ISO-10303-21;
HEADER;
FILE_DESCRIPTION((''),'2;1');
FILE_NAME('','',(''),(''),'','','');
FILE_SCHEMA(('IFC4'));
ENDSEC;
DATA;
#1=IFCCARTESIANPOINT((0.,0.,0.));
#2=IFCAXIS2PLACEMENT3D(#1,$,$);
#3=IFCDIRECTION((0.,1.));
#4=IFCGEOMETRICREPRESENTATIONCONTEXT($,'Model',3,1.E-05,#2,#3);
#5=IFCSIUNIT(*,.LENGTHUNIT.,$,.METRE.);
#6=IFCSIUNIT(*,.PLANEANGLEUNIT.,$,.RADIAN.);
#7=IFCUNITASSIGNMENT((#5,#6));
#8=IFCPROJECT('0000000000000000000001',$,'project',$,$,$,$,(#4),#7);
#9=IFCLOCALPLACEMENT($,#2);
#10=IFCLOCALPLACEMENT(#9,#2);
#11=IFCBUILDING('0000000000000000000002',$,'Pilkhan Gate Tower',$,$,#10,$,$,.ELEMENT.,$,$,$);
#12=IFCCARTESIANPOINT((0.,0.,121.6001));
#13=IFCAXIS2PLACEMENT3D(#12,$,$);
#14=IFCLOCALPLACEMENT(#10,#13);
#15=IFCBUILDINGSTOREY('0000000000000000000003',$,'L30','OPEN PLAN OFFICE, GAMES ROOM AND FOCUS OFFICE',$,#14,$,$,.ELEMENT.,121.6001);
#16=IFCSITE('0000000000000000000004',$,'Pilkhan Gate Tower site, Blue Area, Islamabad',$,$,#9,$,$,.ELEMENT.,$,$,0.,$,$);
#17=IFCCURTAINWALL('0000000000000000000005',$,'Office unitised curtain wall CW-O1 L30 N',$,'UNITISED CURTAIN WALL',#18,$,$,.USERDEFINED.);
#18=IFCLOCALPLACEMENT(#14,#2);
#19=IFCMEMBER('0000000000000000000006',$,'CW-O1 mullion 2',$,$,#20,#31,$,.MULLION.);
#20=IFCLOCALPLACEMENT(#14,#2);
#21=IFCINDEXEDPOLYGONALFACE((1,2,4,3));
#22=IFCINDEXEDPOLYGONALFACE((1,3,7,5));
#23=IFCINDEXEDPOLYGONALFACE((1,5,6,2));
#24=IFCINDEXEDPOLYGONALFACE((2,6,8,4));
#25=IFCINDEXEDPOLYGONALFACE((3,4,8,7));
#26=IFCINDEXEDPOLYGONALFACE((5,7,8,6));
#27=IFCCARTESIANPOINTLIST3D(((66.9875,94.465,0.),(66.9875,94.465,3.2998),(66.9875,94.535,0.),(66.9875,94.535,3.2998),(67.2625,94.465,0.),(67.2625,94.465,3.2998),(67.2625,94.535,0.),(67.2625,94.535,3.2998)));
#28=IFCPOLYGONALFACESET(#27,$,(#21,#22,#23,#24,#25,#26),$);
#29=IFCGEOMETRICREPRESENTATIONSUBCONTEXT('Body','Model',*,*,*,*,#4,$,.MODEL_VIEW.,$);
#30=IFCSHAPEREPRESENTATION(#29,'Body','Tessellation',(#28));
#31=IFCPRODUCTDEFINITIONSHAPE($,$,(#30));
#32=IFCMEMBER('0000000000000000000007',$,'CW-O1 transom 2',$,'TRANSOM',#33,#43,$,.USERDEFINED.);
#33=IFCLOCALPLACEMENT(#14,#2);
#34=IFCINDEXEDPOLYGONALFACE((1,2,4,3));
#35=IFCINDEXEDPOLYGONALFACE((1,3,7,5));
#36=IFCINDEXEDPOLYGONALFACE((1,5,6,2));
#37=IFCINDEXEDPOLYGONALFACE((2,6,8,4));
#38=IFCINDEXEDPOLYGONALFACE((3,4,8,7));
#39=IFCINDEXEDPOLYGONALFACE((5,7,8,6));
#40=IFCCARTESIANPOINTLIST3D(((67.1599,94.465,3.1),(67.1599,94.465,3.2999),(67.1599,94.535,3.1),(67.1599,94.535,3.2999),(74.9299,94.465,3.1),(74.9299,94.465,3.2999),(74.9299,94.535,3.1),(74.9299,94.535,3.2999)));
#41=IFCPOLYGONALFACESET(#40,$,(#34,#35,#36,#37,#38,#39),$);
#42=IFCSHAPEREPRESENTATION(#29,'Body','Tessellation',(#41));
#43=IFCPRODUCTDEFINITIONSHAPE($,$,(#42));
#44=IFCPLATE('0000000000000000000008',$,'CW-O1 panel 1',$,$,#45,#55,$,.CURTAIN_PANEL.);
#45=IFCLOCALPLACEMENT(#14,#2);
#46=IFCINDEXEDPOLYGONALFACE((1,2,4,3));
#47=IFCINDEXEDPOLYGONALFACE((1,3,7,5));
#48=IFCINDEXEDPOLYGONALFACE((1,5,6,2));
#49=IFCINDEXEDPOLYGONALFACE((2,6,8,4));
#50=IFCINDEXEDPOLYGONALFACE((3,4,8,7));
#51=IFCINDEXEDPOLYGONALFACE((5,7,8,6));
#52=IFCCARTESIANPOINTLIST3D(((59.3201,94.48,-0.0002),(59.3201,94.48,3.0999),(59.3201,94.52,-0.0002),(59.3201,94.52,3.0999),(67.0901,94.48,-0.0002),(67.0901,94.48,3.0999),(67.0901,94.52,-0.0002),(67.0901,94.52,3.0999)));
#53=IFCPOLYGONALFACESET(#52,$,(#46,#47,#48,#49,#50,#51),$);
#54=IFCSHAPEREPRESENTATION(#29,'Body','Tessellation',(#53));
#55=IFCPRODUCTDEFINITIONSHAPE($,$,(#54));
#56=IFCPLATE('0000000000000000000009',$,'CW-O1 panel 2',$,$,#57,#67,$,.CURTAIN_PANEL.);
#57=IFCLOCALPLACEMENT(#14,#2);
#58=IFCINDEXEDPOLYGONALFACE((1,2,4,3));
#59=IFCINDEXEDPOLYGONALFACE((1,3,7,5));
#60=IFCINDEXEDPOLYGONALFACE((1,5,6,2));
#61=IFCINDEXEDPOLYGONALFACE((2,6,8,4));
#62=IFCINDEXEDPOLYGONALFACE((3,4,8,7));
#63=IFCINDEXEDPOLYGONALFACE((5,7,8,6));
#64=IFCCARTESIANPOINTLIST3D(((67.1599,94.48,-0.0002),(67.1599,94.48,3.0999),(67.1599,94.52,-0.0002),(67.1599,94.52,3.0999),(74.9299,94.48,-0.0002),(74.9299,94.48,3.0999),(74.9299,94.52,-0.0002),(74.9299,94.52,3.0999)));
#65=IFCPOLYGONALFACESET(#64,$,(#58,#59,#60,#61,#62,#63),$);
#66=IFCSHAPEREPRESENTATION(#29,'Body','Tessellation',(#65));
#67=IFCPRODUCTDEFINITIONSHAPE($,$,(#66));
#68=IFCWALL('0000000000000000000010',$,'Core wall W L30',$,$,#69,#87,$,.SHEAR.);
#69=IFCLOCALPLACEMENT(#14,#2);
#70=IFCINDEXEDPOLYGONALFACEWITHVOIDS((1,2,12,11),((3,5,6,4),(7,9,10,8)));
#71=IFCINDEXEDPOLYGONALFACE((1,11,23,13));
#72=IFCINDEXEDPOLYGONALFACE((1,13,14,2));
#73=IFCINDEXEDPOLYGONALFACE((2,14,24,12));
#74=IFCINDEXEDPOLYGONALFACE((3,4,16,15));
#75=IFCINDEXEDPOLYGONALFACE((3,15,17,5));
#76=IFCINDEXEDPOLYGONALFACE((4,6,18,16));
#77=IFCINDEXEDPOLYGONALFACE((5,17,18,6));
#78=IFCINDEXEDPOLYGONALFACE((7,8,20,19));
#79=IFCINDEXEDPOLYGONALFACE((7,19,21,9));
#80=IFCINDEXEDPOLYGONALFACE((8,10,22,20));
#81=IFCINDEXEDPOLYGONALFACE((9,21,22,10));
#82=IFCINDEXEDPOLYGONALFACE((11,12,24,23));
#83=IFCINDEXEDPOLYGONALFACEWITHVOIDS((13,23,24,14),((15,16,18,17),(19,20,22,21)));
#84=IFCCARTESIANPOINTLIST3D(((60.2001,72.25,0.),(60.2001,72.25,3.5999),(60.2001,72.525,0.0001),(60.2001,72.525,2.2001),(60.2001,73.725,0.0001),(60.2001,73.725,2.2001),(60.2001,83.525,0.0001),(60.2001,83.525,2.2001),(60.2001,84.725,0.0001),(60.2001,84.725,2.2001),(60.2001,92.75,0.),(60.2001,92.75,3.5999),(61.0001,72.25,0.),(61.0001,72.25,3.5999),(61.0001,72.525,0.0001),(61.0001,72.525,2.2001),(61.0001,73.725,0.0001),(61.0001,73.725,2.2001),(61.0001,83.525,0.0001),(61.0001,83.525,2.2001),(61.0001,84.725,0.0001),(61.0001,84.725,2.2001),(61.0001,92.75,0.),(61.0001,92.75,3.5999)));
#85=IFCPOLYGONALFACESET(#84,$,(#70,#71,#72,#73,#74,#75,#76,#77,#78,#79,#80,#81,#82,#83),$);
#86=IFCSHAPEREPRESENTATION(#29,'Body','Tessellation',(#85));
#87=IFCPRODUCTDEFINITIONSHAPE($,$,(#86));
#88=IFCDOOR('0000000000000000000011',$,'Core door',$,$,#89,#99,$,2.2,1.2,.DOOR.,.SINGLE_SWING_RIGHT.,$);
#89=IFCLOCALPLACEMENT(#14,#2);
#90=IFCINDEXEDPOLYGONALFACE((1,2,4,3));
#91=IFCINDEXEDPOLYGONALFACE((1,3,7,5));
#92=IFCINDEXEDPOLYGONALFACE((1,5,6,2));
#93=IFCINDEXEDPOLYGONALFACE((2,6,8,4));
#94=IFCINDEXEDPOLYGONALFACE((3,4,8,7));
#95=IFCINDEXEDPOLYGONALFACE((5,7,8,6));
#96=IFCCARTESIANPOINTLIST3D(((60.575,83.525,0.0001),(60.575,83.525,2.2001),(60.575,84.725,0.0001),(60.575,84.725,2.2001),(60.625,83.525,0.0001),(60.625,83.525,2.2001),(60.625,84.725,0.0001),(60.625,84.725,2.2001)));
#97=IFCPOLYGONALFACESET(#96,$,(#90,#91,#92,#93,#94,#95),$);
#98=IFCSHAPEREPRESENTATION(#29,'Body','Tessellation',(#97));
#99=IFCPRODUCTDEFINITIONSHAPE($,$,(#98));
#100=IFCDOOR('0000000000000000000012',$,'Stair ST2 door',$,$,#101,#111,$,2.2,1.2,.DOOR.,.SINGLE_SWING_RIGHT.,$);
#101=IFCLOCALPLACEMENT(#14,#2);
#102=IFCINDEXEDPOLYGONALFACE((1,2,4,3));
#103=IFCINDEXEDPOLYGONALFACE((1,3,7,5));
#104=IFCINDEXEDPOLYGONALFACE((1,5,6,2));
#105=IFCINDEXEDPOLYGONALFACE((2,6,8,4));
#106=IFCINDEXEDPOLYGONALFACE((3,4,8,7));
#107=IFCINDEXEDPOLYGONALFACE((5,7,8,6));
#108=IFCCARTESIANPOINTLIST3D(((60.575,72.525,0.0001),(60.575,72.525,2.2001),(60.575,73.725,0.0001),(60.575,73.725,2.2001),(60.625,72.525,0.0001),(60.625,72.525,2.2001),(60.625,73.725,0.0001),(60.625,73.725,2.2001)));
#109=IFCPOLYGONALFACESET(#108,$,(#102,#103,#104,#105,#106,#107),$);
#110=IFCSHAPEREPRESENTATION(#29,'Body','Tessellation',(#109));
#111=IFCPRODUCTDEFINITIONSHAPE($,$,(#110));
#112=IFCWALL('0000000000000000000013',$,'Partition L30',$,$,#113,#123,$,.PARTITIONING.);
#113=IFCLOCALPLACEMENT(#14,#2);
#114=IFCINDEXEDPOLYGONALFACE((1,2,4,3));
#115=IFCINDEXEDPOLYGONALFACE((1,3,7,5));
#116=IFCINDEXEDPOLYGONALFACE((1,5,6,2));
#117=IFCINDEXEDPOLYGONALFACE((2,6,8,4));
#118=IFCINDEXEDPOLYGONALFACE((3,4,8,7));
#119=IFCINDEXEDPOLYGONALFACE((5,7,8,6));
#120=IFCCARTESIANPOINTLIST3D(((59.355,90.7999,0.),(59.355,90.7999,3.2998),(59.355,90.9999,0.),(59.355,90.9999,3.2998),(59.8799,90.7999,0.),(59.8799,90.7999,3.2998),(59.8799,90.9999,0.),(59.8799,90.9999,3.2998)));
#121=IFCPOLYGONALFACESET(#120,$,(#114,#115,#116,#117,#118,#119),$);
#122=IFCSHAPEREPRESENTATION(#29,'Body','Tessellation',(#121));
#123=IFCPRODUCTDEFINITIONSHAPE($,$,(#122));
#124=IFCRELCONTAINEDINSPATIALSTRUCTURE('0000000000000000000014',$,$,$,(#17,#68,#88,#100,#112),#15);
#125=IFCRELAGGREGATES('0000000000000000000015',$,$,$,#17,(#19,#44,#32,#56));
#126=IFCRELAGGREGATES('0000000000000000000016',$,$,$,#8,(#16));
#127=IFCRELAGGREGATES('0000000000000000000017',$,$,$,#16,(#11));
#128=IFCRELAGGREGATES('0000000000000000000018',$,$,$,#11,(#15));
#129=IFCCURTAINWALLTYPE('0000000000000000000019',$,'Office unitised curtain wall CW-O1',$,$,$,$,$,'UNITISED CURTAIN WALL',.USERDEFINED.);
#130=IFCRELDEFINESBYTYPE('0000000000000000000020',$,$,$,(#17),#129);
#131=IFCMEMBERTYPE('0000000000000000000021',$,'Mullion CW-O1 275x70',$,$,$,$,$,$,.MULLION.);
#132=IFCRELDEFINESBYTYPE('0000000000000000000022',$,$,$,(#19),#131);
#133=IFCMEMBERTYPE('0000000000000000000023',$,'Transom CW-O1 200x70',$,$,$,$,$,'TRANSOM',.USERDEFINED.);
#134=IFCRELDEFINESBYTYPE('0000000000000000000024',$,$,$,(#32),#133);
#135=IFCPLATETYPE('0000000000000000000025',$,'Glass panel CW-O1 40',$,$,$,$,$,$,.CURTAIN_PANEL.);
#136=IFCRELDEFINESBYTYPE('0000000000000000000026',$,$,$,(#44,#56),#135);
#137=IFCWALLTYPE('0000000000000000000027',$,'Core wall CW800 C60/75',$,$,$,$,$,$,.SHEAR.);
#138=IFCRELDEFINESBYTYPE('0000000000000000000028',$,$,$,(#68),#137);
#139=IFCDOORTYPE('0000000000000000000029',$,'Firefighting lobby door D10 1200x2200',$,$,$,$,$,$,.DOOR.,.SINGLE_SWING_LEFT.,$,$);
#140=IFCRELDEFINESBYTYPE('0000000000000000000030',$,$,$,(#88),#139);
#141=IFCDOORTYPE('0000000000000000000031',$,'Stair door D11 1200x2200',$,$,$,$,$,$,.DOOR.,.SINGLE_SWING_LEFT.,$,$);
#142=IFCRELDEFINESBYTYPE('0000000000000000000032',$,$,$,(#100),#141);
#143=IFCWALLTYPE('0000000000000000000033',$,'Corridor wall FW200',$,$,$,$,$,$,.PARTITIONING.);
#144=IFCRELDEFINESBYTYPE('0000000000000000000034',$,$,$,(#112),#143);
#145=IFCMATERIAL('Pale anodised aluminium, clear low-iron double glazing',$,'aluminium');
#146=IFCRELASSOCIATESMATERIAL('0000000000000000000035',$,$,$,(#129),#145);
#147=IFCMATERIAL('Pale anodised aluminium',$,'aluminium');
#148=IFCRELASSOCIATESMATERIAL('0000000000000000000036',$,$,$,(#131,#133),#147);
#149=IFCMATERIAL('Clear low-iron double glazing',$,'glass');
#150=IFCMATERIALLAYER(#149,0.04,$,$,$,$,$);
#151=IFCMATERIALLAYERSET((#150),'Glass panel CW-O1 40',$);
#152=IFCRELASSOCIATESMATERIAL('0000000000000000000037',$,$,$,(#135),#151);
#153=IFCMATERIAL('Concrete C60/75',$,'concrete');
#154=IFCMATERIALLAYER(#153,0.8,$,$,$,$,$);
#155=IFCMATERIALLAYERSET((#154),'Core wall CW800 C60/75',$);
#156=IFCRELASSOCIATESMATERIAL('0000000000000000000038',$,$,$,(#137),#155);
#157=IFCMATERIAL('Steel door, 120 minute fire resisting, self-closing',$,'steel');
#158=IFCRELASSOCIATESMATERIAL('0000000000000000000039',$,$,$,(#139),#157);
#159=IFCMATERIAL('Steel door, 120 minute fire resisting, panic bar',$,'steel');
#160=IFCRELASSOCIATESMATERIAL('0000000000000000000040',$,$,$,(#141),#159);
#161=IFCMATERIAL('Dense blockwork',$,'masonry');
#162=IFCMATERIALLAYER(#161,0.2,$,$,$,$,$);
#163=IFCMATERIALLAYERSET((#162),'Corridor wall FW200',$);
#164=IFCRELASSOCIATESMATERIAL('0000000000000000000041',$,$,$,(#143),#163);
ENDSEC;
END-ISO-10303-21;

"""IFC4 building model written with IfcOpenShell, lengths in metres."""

from ifc_helpers import new_model, si_unit, direction, frame, frame_2d, origin, origin_2d, place, context, subcontext, project, spatial, rectangle, extrude, material, layer, layer_set, material_profile, profile_set, type_object, element, fill, aggregate, save


model = new_model("IFC4")

# Units and contexts
model_context = context("Model", 3, precision=1e-05, world=origin(), true_north=direction((0.0, 1.0)))
body_context = subcontext(model_context, "Body", "Model", "MODEL_VIEW")
ifc_project = project(units=[si_unit("LENGTHUNIT", "METRE"), si_unit("PLANEANGLEUNIT", "RADIAN")], contexts=[model_context])

# Site, building, storey
site_placement = place(None, origin())
site = spatial("IfcSite", under=ifc_project, at=site_placement, Name="Pilkhan Gate Tower site, Blue Area, Islamabad", CompositionType="ELEMENT", RefElevation=0.0)
building_placement = place(site_placement, origin())
building = spatial("IfcBuilding", under=site, at=building_placement, Name="Pilkhan Gate Tower", CompositionType="ELEMENT")
storey_placement = place(building_placement, frame((0.0, 0.0, 121.6001)))
storey = spatial("IfcBuildingStorey", under=building, at=storey_placement, Name="L30", Description="OPEN PLAN OFFICE, GAMES ROOM AND FOCUS OFFICE", CompositionType="ELEMENT", Elevation=121.6001)

# Curtain wall, members, plates
ifc_material_1 = material(Name="Pale anodised aluminium, clear low-iron double glazing", Category="aluminium")
curtain_wall_type = type_object("IfcCurtainWallType", Name="Office unitised curtain wall CW-O1", ElementType="UNITISED CURTAIN WALL", PredefinedType="USERDEFINED", material=ifc_material_1)
curtain_wall_placement = place(storey_placement, origin())
curtain_wall = element("IfcCurtainWall", 1, at=curtain_wall_placement, inside=storey, type_object=curtain_wall_type, Name="Office unitised curtain wall CW-O1 L30 N", ObjectType="UNITISED CURTAIN WALL", PredefinedType="USERDEFINED")
ifc_material_2 = material(Name="Pale anodised aluminium", Category="aluminium")
ifc_material_profile_1 = material_profile(ifc_material_2, rectangle(XDim=0.0701, YDim=0.2749, at=origin_2d()), Name="Mullion 275x70")
ifc_profile_set_1 = profile_set([ifc_material_profile_1], Name="Pale anodised aluminium")
member_type_1 = type_object("IfcMemberType", Name="Mullion CW-O1 275x70", PredefinedType="MULLION", material=ifc_profile_set_1)
member_1_placement = place(storey_placement, frame((67.125, 94.5, 0.0), z_axis=(0.0, 0.0, 1.0), x_axis=(0.0, 1.0, 0.0)))
member_1 = element("IfcMember", 2, at=member_1_placement, type_object=member_type_1, Name="CW-O1 mullion 2", PredefinedType="MULLION", context=body_context, shape_type="SweptSolid", body=[
    extrude(rectangle(XDim=0.0701, YDim=0.2749, at=origin_2d()), origin(), (0.0, 0.0, 1.0), 3.2998),
])
ifc_material_profile_2 = material_profile(ifc_material_2, rectangle(XDim=0.0701, YDim=0.2, at=origin_2d()), Name="Transom 200x70")
ifc_profile_set_2 = profile_set([ifc_material_profile_2], Name="Pale anodised aluminium")
member_type_2 = type_object("IfcMemberType", Name="Transom CW-O1 200x70", ElementType="TRANSOM", PredefinedType="USERDEFINED", material=ifc_profile_set_2)
member_2_placement = place(storey_placement, frame((67.1599, 94.5, 3.2), z_axis=(1.0, 0.0, 0.0), x_axis=(0.0, 1.0, 0.0)))
member_2 = element("IfcMember", 3, at=member_2_placement, type_object=member_type_2, Name="CW-O1 transom 2", ObjectType="TRANSOM", PredefinedType="USERDEFINED", context=body_context, shape_type="SweptSolid", body=[
    extrude(rectangle(XDim=0.0701, YDim=0.2, at=origin_2d()), origin(), (0.0, 0.0, 1.0), 7.77),
])
ifc_material_3 = material(Name="Clear low-iron double glazing", Category="glass")
ifc_layer_1 = layer(ifc_material_3, 0.04)
ifc_layer_set_1 = layer_set([ifc_layer_1], Name="Glass panel CW-O1 40")
plate_type = type_object("IfcPlateType", Name="Glass panel CW-O1 40", PredefinedType="CURTAIN_PANEL", material=ifc_layer_set_1)
plate_1_placement = place(storey_placement, frame((63.2051, 94.5, -0.0002), z_axis=(0.0, 0.0, 1.0), x_axis=(1.0, 0.0, 0.0)))
plate_1 = element("IfcPlate", 4, at=plate_1_placement, type_object=plate_type, Name="CW-O1 panel 1", PredefinedType="CURTAIN_PANEL", context=body_context, shape_type="SweptSolid", body=[
    extrude(rectangle(XDim=7.77, YDim=0.04, at=origin_2d()), origin(), (0.0, 0.0, 1.0), 3.1001),
])
plate_2_placement = place(storey_placement, frame((71.0449, 94.5, -0.0002), z_axis=(0.0, 0.0, 1.0), x_axis=(1.0, 0.0, 0.0)))
plate_2 = element("IfcPlate", 5, at=plate_2_placement, type_object=plate_type, Name="CW-O1 panel 2", PredefinedType="CURTAIN_PANEL", context=body_context, shape_type="SweptSolid", body=[
    extrude(rectangle(XDim=7.77, YDim=0.04, at=origin_2d()), origin(), (0.0, 0.0, 1.0), 3.1001),
])
aggregate(curtain_wall, [member_1, plate_1, member_2, plate_2])

# Wall, openings, doors
ifc_material_4 = material(Name="Concrete C60/75", Category="concrete")
ifc_layer_2 = layer(ifc_material_4, 0.8)
ifc_layer_set_2 = layer_set([ifc_layer_2], Name="Core wall CW800 C60/75")
wall_type_1 = type_object("IfcWallType", Name="Core wall CW800 C60/75", PredefinedType="SHEAR", material=ifc_layer_set_2)
wall_1_placement = place(storey_placement, frame((60.6001, 92.75, 0.0), z_axis=(0.0, 0.0, 1.0), x_axis=(0.0, -1.0, 0.0)))
wall_1 = element("IfcWall", 6, at=wall_1_placement, inside=storey, type_object=wall_type_1, Name="Core wall W L30", PredefinedType="SHEAR", context=body_context, shape_type="SweptSolid", body=[
    extrude(rectangle(XDim=20.5, YDim=0.8, at=frame_2d((10.25, 0.0))), origin(), (0.0, 0.0, 1.0), 3.5999),
])
opening_1_placement = place(wall_1_placement, frame((19.0249, 0.0, 0.0)))
opening_1 = element("IfcOpeningElement", 7, at=opening_1_placement, cuts=wall_1, PredefinedType="OPENING", context=body_context, shape_type="SweptSolid", body=[
    extrude(rectangle(XDim=1.2, YDim=2.2, at=frame_2d((0.6001, 1.1001))), frame((0.0, 0.4099, 0.0), z_axis=(0.0, -1.0, 0.0), x_axis=(1.0, 0.0, 0.0)), (0.0, 0.0, 1.0), 0.8201),
])
opening_2_placement = place(wall_1_placement, frame((8.0249, 0.0, 0.0)))
opening_2 = element("IfcOpeningElement", 8, at=opening_2_placement, cuts=wall_1, PredefinedType="OPENING", context=body_context, shape_type="SweptSolid", body=[
    extrude(rectangle(XDim=1.2, YDim=2.2, at=frame_2d((0.6001, 1.1001))), frame((0.0, 0.4099, 0.0), z_axis=(0.0, -1.0, 0.0), x_axis=(1.0, 0.0, 0.0)), (0.0, 0.0, 1.0), 0.8201),
])
ifc_material_5 = material(Name="Steel door, 120 minute fire resisting, self-closing", Category="steel")
door_type_1 = type_object("IfcDoorType", Name="Firefighting lobby door D10 1200x2200", OperationType="SINGLE_SWING_LEFT", PredefinedType="DOOR", material=ifc_material_5)
door_1_placement = place(opening_2_placement, origin())
door_1 = element("IfcDoor", 9, at=door_1_placement, inside=storey, type_object=door_type_1, Name="Core door", OperationType="SINGLE_SWING_RIGHT", OverallHeight=2.2, OverallWidth=1.2, PredefinedType="DOOR", context=body_context, shape_type="SweptSolid", body=[
    extrude(rectangle(XDim=1.2, YDim=2.2, at=frame_2d((0.6001, 1.1001))), frame((0.0, 0.0249, 0.0), z_axis=(0.0, -1.0, 0.0), x_axis=(1.0, 0.0, 0.0)), (0.0, 0.0, 1.0), 0.05),
])
fill(opening_2, door_1)
ifc_material_6 = material(Name="Steel door, 120 minute fire resisting, panic bar", Category="steel")
door_type_2 = type_object("IfcDoorType", Name="Stair door D11 1200x2200", OperationType="SINGLE_SWING_LEFT", PredefinedType="DOOR", material=ifc_material_6)
door_2_placement = place(opening_1_placement, origin())
door_2 = element("IfcDoor", 10, at=door_2_placement, inside=storey, type_object=door_type_2, Name="Stair ST2 door", OperationType="SINGLE_SWING_RIGHT", OverallHeight=2.2, OverallWidth=1.2, PredefinedType="DOOR", context=body_context, shape_type="SweptSolid", body=[
    extrude(rectangle(XDim=1.2, YDim=2.2, at=frame_2d((0.6001, 1.1001))), frame((0.0, 0.0249, 0.0), z_axis=(0.0, -1.0, 0.0), x_axis=(1.0, 0.0, 0.0)), (0.0, 0.0, 1.0), 0.05),
])
fill(opening_1, door_2)

# Wall
ifc_material_7 = material(Name="Dense blockwork", Category="masonry")
ifc_layer_3 = layer(ifc_material_7, 0.2)
ifc_layer_set_3 = layer_set([ifc_layer_3], Name="Corridor wall FW200")
wall_type_2 = type_object("IfcWallType", Name="Corridor wall FW200", PredefinedType="PARTITIONING", material=ifc_layer_set_3)
wall_2_placement = place(storey_placement, frame((59.355, 90.8999, 0.0), z_axis=(0.0, 0.0, 1.0), x_axis=(1.0, 0.0, 0.0)))
element("IfcWall", 11, at=wall_2_placement, inside=storey, type_object=wall_type_2, Name="Partition L30", PredefinedType="PARTITIONING", context=body_context, shape_type="SweptSolid", body=[
    extrude(rectangle(XDim=0.5249, YDim=0.2, at=frame_2d((0.2625, 0.0))), origin(), (0.0, 0.0, 1.0), 3.2998),
])

save(model, "model.ifc")
